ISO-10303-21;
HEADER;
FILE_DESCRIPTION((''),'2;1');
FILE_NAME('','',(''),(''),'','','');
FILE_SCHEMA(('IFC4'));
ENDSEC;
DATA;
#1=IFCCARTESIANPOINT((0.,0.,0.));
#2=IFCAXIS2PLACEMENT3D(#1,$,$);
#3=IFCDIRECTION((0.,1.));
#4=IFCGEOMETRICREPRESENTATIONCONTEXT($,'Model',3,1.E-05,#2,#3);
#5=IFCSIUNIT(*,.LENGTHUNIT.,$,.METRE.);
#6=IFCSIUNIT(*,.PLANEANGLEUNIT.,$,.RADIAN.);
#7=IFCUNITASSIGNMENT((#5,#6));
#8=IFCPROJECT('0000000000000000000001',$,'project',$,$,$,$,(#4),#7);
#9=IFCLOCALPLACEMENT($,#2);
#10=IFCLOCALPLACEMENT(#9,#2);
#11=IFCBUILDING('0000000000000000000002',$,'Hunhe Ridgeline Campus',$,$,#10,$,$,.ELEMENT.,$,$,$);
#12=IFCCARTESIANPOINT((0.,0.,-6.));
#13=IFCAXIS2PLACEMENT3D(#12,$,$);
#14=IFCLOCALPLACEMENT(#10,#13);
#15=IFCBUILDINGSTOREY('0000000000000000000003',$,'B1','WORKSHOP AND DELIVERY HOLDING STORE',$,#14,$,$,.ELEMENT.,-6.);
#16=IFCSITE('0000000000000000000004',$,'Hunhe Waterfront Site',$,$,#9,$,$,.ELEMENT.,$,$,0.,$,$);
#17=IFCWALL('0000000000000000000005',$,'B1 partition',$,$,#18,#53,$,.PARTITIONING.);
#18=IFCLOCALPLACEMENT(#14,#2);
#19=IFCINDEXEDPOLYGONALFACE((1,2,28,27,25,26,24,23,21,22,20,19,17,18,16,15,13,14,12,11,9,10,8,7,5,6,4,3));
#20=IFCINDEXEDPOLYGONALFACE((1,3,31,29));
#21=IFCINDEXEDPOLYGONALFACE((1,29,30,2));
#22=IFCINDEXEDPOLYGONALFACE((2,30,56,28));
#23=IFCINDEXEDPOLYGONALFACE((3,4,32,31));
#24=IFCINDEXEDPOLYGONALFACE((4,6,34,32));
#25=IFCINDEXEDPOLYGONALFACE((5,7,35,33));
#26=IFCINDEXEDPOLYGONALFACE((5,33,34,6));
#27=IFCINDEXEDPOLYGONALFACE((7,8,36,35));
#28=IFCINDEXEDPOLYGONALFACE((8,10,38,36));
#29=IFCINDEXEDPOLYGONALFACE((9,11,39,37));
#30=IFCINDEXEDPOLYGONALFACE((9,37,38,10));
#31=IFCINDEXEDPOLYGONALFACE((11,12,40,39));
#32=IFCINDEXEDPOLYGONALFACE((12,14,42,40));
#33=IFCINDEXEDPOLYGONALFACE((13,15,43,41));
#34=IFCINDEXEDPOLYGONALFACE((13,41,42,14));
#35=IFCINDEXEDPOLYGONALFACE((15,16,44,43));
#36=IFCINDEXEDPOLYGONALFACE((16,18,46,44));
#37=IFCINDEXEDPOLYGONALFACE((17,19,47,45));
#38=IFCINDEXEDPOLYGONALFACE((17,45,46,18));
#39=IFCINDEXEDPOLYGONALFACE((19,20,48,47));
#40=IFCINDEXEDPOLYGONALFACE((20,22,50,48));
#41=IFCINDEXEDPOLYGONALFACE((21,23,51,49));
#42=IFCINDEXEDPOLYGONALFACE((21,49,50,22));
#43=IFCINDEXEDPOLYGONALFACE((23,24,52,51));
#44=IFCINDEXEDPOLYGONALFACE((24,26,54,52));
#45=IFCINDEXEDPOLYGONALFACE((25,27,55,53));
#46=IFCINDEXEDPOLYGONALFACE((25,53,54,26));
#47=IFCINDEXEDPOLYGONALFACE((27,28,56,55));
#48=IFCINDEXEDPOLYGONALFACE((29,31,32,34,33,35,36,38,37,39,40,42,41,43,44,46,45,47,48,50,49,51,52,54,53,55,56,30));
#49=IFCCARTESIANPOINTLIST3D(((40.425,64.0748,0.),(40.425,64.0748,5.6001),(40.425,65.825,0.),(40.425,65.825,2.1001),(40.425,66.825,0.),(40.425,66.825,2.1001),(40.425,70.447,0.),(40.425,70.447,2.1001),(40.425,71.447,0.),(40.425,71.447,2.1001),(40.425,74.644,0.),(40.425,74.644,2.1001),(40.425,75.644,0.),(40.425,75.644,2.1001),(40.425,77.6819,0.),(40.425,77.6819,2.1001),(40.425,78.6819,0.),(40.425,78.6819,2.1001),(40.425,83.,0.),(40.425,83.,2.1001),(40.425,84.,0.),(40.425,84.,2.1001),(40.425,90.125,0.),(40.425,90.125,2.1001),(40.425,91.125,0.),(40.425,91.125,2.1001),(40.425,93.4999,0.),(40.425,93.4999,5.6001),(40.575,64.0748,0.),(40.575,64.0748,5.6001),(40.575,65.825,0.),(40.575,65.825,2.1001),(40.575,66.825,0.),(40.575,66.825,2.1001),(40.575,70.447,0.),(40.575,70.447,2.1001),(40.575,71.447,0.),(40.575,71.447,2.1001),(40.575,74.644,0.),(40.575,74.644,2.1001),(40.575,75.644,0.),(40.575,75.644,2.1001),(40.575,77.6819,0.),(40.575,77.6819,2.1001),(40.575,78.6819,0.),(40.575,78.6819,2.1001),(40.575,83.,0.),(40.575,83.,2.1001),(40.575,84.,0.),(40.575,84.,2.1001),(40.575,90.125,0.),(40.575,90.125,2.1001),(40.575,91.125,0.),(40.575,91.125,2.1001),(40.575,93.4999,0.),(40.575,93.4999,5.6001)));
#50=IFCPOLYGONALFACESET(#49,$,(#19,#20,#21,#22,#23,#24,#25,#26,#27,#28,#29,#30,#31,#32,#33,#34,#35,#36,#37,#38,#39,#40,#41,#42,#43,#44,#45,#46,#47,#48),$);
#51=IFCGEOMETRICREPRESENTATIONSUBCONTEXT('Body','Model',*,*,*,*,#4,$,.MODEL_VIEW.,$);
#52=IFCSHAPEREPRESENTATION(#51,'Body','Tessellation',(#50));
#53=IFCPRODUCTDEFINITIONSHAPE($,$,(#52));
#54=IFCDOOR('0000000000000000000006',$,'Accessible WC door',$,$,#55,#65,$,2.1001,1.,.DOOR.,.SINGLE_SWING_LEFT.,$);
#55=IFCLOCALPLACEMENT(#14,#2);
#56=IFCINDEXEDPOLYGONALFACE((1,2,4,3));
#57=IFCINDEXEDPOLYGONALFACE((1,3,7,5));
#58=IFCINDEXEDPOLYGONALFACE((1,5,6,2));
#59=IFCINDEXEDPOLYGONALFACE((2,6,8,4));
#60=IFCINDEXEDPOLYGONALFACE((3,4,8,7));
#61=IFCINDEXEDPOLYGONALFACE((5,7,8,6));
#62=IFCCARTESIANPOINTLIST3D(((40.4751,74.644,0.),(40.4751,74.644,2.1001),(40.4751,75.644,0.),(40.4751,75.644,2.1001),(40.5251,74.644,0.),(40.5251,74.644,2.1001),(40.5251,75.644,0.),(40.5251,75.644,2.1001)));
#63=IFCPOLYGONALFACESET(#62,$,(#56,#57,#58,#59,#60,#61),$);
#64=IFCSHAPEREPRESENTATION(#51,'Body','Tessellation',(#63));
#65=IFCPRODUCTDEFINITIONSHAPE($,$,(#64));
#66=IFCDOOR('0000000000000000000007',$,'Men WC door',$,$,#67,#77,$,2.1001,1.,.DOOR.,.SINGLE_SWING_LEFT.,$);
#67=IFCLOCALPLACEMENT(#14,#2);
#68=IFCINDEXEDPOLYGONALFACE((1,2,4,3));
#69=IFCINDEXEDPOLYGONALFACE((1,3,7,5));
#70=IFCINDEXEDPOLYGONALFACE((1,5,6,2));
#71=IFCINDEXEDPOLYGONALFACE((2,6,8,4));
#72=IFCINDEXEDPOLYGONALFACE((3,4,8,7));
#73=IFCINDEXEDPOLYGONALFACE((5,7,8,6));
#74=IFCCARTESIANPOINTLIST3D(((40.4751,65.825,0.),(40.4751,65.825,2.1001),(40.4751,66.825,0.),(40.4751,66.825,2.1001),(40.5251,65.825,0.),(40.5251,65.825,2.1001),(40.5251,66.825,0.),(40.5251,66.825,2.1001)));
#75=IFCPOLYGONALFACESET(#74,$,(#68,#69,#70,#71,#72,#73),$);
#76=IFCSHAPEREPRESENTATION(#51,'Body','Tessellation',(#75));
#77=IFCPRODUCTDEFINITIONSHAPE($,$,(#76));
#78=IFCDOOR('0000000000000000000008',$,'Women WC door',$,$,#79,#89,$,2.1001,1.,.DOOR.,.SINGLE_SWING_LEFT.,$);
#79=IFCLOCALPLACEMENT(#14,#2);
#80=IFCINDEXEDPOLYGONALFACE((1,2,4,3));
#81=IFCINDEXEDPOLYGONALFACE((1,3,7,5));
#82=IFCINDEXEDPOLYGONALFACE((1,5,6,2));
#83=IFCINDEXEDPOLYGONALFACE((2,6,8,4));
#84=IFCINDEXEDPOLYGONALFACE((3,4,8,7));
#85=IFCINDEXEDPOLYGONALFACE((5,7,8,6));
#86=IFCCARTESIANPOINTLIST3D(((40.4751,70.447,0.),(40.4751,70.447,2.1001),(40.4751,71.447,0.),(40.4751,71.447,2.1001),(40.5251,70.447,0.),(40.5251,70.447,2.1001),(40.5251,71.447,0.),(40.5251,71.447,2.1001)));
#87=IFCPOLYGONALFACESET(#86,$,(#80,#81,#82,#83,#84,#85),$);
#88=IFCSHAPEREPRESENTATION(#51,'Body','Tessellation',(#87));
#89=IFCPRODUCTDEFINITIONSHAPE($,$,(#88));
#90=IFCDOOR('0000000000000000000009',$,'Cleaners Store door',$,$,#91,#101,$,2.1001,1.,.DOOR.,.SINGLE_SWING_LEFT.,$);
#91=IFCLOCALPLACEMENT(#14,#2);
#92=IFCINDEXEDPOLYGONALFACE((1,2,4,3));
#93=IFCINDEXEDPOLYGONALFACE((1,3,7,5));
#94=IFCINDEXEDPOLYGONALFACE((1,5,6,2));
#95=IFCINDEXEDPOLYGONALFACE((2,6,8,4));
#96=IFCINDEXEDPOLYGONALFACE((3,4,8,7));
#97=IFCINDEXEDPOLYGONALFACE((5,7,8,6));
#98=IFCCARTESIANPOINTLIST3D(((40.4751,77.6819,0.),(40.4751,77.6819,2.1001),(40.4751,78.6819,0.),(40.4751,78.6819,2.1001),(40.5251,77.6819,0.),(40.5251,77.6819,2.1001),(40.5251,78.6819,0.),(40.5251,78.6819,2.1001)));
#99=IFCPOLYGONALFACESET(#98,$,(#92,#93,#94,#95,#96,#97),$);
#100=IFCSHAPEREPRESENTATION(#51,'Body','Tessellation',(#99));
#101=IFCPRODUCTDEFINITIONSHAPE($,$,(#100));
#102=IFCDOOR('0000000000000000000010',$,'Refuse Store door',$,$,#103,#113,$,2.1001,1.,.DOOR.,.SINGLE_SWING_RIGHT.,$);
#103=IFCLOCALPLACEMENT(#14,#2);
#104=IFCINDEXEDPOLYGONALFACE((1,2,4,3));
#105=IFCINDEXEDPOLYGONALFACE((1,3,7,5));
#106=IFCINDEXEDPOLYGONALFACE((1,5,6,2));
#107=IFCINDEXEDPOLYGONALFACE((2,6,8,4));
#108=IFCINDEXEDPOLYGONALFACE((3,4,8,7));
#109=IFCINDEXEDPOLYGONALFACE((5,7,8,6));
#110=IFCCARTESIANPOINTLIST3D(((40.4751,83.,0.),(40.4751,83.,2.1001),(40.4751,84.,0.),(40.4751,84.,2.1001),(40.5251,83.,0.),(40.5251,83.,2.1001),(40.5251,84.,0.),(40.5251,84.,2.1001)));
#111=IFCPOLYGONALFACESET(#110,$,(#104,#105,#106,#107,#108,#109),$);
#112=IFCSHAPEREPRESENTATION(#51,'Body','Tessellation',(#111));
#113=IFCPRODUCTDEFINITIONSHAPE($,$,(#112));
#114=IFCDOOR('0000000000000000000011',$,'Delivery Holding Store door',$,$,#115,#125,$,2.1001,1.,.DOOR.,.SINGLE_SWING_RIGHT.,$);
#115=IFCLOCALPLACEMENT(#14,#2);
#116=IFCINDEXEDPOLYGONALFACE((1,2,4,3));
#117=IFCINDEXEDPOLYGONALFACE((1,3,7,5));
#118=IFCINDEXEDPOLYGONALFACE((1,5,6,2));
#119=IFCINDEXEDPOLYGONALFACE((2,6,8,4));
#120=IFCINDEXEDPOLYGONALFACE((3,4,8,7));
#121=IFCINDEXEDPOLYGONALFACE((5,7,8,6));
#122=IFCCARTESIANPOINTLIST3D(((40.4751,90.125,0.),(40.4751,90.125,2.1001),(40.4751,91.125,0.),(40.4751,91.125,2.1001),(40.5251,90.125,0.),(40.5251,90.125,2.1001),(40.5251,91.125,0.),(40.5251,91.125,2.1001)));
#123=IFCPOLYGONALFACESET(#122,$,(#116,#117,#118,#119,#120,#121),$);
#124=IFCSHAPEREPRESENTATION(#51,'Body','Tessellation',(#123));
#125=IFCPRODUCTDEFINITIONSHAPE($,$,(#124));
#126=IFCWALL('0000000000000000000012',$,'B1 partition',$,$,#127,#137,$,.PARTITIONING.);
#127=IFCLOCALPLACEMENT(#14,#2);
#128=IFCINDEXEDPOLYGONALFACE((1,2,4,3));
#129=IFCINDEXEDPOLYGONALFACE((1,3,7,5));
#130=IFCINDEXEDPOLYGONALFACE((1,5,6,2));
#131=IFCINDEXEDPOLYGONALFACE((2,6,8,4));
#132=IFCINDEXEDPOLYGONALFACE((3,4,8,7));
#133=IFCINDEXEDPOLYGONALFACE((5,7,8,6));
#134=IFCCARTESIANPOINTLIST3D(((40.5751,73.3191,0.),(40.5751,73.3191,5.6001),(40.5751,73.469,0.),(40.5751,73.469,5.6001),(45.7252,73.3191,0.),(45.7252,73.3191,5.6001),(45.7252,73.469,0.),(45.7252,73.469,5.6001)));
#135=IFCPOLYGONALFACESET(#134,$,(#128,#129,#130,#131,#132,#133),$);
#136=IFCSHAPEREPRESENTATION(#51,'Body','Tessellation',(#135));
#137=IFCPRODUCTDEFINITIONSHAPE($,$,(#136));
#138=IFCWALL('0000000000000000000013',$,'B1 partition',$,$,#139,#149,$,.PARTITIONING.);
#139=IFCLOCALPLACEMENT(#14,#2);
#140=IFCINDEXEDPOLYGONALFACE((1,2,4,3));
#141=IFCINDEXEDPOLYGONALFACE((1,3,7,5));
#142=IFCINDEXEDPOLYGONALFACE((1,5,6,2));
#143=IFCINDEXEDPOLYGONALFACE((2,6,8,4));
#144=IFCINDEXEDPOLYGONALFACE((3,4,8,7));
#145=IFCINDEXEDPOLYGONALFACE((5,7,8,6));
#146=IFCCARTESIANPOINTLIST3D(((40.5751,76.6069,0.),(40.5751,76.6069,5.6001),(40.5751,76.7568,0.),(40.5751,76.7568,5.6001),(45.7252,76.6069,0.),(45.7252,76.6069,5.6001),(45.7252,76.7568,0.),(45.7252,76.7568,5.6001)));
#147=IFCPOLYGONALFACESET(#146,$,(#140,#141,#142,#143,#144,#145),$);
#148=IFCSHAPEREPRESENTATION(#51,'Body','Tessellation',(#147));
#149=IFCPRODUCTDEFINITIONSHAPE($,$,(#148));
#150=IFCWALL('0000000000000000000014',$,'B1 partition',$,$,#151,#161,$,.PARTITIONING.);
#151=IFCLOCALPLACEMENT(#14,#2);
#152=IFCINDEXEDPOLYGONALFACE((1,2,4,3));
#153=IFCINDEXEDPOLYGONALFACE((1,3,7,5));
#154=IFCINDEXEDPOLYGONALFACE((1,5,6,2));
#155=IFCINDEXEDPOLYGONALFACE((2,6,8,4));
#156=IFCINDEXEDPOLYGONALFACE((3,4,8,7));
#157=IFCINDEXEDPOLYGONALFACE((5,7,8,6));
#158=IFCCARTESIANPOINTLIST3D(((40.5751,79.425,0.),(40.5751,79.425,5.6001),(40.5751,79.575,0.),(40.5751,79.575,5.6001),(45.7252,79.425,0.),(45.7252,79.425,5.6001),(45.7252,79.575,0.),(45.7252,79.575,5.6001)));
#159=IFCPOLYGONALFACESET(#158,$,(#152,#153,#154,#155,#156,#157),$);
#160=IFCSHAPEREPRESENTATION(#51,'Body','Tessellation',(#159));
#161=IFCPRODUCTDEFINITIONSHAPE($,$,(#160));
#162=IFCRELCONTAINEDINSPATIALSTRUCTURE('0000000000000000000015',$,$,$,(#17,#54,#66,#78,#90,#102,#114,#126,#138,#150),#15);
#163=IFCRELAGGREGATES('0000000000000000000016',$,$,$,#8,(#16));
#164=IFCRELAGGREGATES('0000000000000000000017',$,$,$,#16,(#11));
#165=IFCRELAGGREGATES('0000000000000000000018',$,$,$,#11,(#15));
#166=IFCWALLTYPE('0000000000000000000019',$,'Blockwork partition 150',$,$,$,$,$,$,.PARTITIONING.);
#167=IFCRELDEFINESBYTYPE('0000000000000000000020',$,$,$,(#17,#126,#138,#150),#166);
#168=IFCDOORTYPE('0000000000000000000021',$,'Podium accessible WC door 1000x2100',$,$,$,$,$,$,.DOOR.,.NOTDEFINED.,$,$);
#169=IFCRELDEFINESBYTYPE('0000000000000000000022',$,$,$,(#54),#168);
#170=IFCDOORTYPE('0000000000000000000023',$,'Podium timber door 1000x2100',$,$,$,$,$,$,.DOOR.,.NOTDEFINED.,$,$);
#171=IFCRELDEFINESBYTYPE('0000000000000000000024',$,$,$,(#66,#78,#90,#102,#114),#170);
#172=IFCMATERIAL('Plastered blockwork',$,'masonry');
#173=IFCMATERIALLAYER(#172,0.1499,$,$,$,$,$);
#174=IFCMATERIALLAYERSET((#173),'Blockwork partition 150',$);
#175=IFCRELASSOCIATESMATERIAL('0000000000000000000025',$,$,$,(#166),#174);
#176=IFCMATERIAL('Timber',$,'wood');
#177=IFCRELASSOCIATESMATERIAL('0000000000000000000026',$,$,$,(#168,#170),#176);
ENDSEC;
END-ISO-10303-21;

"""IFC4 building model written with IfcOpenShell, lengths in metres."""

from ifc_helpers import new_model, si_unit, direction, frame, frame_2d, origin, place, context, subcontext, project, spatial, rectangle, extrude, material, layer, layer_set, type_object, element, fill, save


model = new_model("IFC4")

# Units and contexts
model_context = context("Model", 3, precision=1e-05, world=origin(), true_north=direction((0.0, 1.0)))
body_context = subcontext(model_context, "Body", "Model", "MODEL_VIEW")
ifc_project = project(units=[si_unit("LENGTHUNIT", "METRE"), si_unit("PLANEANGLEUNIT", "RADIAN")], contexts=[model_context])

# Site, building, storey
site_placement = place(None, origin())
site = spatial("IfcSite", under=ifc_project, at=site_placement, Name="Hunhe Waterfront Site", CompositionType="ELEMENT", RefElevation=0.0)
building_placement = place(site_placement, origin())
building = spatial("IfcBuilding", under=site, at=building_placement, Name="Hunhe Ridgeline Campus", CompositionType="ELEMENT")
storey_placement = place(building_placement, frame((0.0, 0.0, -6.0)))
storey = spatial("IfcBuildingStorey", under=building, at=storey_placement, Name="B1", Description="WORKSHOP AND DELIVERY HOLDING STORE", CompositionType="ELEMENT", Elevation=-6.0)

# Shared definitions
ifc_material_1 = material(Name="Plastered blockwork", Category="masonry")
ifc_layer = layer(ifc_material_1, 0.1499)
ifc_layer_set = layer_set([ifc_layer], Name="Blockwork partition 150")
wall_type = type_object("IfcWallType", Name="Blockwork partition 150", PredefinedType="PARTITIONING", material=ifc_layer_set)

# Wall, openings, doors
wall_1_placement = place(storey_placement, frame((40.5, 64.075, 0.0), z_axis=(0.0, 0.0, 1.0), x_axis=(0.0, 1.0, 0.0)))
wall_1 = element("IfcWall", 1, at=wall_1_placement, inside=storey, type_object=wall_type, Name="B1 partition", PredefinedType="PARTITIONING", context=body_context, shape_type="SweptSolid", body=[
    extrude(rectangle(XDim=29.425, YDim=0.1499, at=frame_2d((14.7124, 0.0))), origin(), (0.0, 0.0, 1.0), 5.6001),
])
opening_1_placement = place(wall_1_placement, frame((1.75, 0.0, 0.0)))
opening_1 = element("IfcOpeningElement", 2, at=opening_1_placement, cuts=wall_1, PredefinedType="OPENING", context=body_context, shape_type="SweptSolid", body=[
    extrude(rectangle(XDim=1.0, YDim=2.1001, at=frame_2d((0.5, 1.05))), frame((0.0, 0.075, 0.0), z_axis=(0.0, -1.0, 0.0), x_axis=(1.0, 0.0, 0.0)), (0.0, 0.0, 1.0), 0.1499),
])
opening_2_placement = place(wall_1_placement, frame((6.3721, 0.0, 0.0)))
opening_2 = element("IfcOpeningElement", 3, at=opening_2_placement, cuts=wall_1, PredefinedType="OPENING", context=body_context, shape_type="SweptSolid", body=[
    extrude(rectangle(XDim=1.0, YDim=2.1001, at=frame_2d((0.5, 1.05))), frame((0.0, 0.075, 0.0), z_axis=(0.0, -1.0, 0.0), x_axis=(1.0, 0.0, 0.0)), (0.0, 0.0, 1.0), 0.1499),
])
opening_3_placement = place(wall_1_placement, frame((10.5691, 0.0, 0.0)))
opening_3 = element("IfcOpeningElement", 4, at=opening_3_placement, cuts=wall_1, PredefinedType="OPENING", context=body_context, shape_type="SweptSolid", body=[
    extrude(rectangle(XDim=1.0, YDim=2.1001, at=frame_2d((0.5, 1.05))), frame((0.0, 0.075, 0.0), z_axis=(0.0, -1.0, 0.0), x_axis=(1.0, 0.0, 0.0)), (0.0, 0.0, 1.0), 0.1499),
])
opening_4_placement = place(wall_1_placement, frame((13.6069, 0.0, 0.0)))
opening_4 = element("IfcOpeningElement", 5, at=opening_4_placement, cuts=wall_1, PredefinedType="OPENING", context=body_context, shape_type="SweptSolid", body=[
    extrude(rectangle(XDim=1.0, YDim=2.1001, at=frame_2d((0.5, 1.05))), frame((0.0, 0.075, 0.0), z_axis=(0.0, -1.0, 0.0), x_axis=(1.0, 0.0, 0.0)), (0.0, 0.0, 1.0), 0.1499),
])
opening_5_placement = place(wall_1_placement, frame((18.925, 0.0, 0.0)))
opening_5 = element("IfcOpeningElement", 6, at=opening_5_placement, cuts=wall_1, PredefinedType="OPENING", context=body_context, shape_type="SweptSolid", body=[
    extrude(rectangle(XDim=1.0, YDim=2.1001, at=frame_2d((0.5, 1.05))), frame((0.0, 0.075, 0.0), z_axis=(0.0, -1.0, 0.0), x_axis=(1.0, 0.0, 0.0)), (0.0, 0.0, 1.0), 0.1499),
])
opening_6_placement = place(wall_1_placement, frame((26.05, 0.0, 0.0)))
opening_6 = element("IfcOpeningElement", 7, at=opening_6_placement, cuts=wall_1, PredefinedType="OPENING", context=body_context, shape_type="SweptSolid", body=[
    extrude(rectangle(XDim=1.0, YDim=2.1001, at=frame_2d((0.5, 1.05))), frame((0.0, 0.075, 0.0), z_axis=(0.0, -1.0, 0.0), x_axis=(1.0, 0.0, 0.0)), (0.0, 0.0, 1.0), 0.1499),
])
ifc_material_2 = material(Name="Timber", Category="wood")
door_type_1 = type_object("IfcDoorType", Name="Podium accessible WC door 1000x2100", OperationType="NOTDEFINED", PredefinedType="DOOR", material=ifc_material_2)
door_1_placement = place(opening_3_placement, origin())
door_1 = element("IfcDoor", 8, at=door_1_placement, inside=storey, type_object=door_type_1, Name="Accessible WC door", OperationType="SINGLE_SWING_LEFT", OverallHeight=2.1001, OverallWidth=1.0, PredefinedType="DOOR", context=body_context, shape_type="SweptSolid", body=[
    extrude(rectangle(XDim=1.0, YDim=2.1001, at=frame_2d((0.5, 1.05))), frame((0.0, 0.0249, 0.0), z_axis=(0.0, -1.0, 0.0), x_axis=(1.0, 0.0, 0.0)), (0.0, 0.0, 1.0), 0.05),
])
fill(opening_3, door_1)
door_type_2 = type_object("IfcDoorType", Name="Podium timber door 1000x2100", OperationType="NOTDEFINED", PredefinedType="DOOR", material=ifc_material_2)
door_2_placement = place(opening_1_placement, origin())
door_2 = element("IfcDoor", 9, at=door_2_placement, inside=storey, type_object=door_type_2, Name="Men WC door", OperationType="SINGLE_SWING_LEFT", OverallHeight=2.1001, OverallWidth=1.0, PredefinedType="DOOR", context=body_context, shape_type="SweptSolid", body=[
    extrude(rectangle(XDim=1.0, YDim=2.1001, at=frame_2d((0.5, 1.05))), frame((0.0, 0.0249, 0.0), z_axis=(0.0, -1.0, 0.0), x_axis=(1.0, 0.0, 0.0)), (0.0, 0.0, 1.0), 0.05),
])
fill(opening_1, door_2)
door_3_placement = place(opening_2_placement, origin())
door_3 = element("IfcDoor", 10, at=door_3_placement, inside=storey, type_object=door_type_2, Name="Women WC door", OperationType="SINGLE_SWING_LEFT", OverallHeight=2.1001, OverallWidth=1.0, PredefinedType="DOOR", context=body_context, shape_type="SweptSolid", body=[
    extrude(rectangle(XDim=1.0, YDim=2.1001, at=frame_2d((0.5, 1.05))), frame((0.0, 0.0249, 0.0), z_axis=(0.0, -1.0, 0.0), x_axis=(1.0, 0.0, 0.0)), (0.0, 0.0, 1.0), 0.05),
])
fill(opening_2, door_3)
door_4_placement = place(opening_4_placement, origin())
door_4 = element("IfcDoor", 11, at=door_4_placement, inside=storey, type_object=door_type_2, Name="Cleaners Store door", OperationType="SINGLE_SWING_LEFT", OverallHeight=2.1001, OverallWidth=1.0, PredefinedType="DOOR", context=body_context, shape_type="SweptSolid", body=[
    extrude(rectangle(XDim=1.0, YDim=2.1001, at=frame_2d((0.5, 1.05))), frame((0.0, 0.0249, 0.0), z_axis=(0.0, -1.0, 0.0), x_axis=(1.0, 0.0, 0.0)), (0.0, 0.0, 1.0), 0.05),
])
fill(opening_4, door_4)
door_5_placement = place(opening_5_placement, origin())
door_5 = element("IfcDoor", 12, at=door_5_placement, inside=storey, type_object=door_type_2, Name="Refuse Store door", OperationType="SINGLE_SWING_RIGHT", OverallHeight=2.1001, OverallWidth=1.0, PredefinedType="DOOR", context=body_context, shape_type="SweptSolid", body=[
    extrude(rectangle(XDim=1.0, YDim=2.1001, at=frame_2d((0.5, 1.05))), frame((0.0, 0.0249, 0.0), z_axis=(0.0, -1.0, 0.0), x_axis=(1.0, 0.0, 0.0)), (0.0, 0.0, 1.0), 0.05),
])
fill(opening_5, door_5)
door_6_placement = place(opening_6_placement, origin())
door_6 = element("IfcDoor", 13, at=door_6_placement, inside=storey, type_object=door_type_2, Name="Delivery Holding Store door", OperationType="SINGLE_SWING_RIGHT", OverallHeight=2.1001, OverallWidth=1.0, PredefinedType="DOOR", context=body_context, shape_type="SweptSolid", body=[
    extrude(rectangle(XDim=1.0, YDim=2.1001, at=frame_2d((0.5, 1.05))), frame((0.0, 0.0249, 0.0), z_axis=(0.0, -1.0, 0.0), x_axis=(1.0, 0.0, 0.0)), (0.0, 0.0, 1.0), 0.05),
])
fill(opening_6, door_6)

# Walls
for number, where, z_axis, x_axis, name in (
    (14, (40.575, 73.394, 0.0), (0.0, 0.0, 1.0), (1.0, 0.0, 0.0), "B1 partition"),
    (15, (40.575, 76.6819, 0.0), (0.0, 0.0, 1.0), (1.0, 0.0, 0.0), "B1 partition"),
    (16, (40.575, 79.5, 0.0), (0.0, 0.0, 1.0), (1.0, 0.0, 0.0), "B1 partition"),
):
    element("IfcWall", number, at=place(storey_placement, frame(where, z_axis=z_axis, x_axis=x_axis)), inside=storey, type_object=wall_type, Name=name, PredefinedType="PARTITIONING", context=body_context, shape_type="SweptSolid", body=[
        extrude(rectangle(XDim=5.1501, YDim=0.1499, at=frame_2d((2.5752, 0.0))), origin(), (0.0, 0.0, 1.0), 5.6001),
    ])

save(model, "model.ifc")
